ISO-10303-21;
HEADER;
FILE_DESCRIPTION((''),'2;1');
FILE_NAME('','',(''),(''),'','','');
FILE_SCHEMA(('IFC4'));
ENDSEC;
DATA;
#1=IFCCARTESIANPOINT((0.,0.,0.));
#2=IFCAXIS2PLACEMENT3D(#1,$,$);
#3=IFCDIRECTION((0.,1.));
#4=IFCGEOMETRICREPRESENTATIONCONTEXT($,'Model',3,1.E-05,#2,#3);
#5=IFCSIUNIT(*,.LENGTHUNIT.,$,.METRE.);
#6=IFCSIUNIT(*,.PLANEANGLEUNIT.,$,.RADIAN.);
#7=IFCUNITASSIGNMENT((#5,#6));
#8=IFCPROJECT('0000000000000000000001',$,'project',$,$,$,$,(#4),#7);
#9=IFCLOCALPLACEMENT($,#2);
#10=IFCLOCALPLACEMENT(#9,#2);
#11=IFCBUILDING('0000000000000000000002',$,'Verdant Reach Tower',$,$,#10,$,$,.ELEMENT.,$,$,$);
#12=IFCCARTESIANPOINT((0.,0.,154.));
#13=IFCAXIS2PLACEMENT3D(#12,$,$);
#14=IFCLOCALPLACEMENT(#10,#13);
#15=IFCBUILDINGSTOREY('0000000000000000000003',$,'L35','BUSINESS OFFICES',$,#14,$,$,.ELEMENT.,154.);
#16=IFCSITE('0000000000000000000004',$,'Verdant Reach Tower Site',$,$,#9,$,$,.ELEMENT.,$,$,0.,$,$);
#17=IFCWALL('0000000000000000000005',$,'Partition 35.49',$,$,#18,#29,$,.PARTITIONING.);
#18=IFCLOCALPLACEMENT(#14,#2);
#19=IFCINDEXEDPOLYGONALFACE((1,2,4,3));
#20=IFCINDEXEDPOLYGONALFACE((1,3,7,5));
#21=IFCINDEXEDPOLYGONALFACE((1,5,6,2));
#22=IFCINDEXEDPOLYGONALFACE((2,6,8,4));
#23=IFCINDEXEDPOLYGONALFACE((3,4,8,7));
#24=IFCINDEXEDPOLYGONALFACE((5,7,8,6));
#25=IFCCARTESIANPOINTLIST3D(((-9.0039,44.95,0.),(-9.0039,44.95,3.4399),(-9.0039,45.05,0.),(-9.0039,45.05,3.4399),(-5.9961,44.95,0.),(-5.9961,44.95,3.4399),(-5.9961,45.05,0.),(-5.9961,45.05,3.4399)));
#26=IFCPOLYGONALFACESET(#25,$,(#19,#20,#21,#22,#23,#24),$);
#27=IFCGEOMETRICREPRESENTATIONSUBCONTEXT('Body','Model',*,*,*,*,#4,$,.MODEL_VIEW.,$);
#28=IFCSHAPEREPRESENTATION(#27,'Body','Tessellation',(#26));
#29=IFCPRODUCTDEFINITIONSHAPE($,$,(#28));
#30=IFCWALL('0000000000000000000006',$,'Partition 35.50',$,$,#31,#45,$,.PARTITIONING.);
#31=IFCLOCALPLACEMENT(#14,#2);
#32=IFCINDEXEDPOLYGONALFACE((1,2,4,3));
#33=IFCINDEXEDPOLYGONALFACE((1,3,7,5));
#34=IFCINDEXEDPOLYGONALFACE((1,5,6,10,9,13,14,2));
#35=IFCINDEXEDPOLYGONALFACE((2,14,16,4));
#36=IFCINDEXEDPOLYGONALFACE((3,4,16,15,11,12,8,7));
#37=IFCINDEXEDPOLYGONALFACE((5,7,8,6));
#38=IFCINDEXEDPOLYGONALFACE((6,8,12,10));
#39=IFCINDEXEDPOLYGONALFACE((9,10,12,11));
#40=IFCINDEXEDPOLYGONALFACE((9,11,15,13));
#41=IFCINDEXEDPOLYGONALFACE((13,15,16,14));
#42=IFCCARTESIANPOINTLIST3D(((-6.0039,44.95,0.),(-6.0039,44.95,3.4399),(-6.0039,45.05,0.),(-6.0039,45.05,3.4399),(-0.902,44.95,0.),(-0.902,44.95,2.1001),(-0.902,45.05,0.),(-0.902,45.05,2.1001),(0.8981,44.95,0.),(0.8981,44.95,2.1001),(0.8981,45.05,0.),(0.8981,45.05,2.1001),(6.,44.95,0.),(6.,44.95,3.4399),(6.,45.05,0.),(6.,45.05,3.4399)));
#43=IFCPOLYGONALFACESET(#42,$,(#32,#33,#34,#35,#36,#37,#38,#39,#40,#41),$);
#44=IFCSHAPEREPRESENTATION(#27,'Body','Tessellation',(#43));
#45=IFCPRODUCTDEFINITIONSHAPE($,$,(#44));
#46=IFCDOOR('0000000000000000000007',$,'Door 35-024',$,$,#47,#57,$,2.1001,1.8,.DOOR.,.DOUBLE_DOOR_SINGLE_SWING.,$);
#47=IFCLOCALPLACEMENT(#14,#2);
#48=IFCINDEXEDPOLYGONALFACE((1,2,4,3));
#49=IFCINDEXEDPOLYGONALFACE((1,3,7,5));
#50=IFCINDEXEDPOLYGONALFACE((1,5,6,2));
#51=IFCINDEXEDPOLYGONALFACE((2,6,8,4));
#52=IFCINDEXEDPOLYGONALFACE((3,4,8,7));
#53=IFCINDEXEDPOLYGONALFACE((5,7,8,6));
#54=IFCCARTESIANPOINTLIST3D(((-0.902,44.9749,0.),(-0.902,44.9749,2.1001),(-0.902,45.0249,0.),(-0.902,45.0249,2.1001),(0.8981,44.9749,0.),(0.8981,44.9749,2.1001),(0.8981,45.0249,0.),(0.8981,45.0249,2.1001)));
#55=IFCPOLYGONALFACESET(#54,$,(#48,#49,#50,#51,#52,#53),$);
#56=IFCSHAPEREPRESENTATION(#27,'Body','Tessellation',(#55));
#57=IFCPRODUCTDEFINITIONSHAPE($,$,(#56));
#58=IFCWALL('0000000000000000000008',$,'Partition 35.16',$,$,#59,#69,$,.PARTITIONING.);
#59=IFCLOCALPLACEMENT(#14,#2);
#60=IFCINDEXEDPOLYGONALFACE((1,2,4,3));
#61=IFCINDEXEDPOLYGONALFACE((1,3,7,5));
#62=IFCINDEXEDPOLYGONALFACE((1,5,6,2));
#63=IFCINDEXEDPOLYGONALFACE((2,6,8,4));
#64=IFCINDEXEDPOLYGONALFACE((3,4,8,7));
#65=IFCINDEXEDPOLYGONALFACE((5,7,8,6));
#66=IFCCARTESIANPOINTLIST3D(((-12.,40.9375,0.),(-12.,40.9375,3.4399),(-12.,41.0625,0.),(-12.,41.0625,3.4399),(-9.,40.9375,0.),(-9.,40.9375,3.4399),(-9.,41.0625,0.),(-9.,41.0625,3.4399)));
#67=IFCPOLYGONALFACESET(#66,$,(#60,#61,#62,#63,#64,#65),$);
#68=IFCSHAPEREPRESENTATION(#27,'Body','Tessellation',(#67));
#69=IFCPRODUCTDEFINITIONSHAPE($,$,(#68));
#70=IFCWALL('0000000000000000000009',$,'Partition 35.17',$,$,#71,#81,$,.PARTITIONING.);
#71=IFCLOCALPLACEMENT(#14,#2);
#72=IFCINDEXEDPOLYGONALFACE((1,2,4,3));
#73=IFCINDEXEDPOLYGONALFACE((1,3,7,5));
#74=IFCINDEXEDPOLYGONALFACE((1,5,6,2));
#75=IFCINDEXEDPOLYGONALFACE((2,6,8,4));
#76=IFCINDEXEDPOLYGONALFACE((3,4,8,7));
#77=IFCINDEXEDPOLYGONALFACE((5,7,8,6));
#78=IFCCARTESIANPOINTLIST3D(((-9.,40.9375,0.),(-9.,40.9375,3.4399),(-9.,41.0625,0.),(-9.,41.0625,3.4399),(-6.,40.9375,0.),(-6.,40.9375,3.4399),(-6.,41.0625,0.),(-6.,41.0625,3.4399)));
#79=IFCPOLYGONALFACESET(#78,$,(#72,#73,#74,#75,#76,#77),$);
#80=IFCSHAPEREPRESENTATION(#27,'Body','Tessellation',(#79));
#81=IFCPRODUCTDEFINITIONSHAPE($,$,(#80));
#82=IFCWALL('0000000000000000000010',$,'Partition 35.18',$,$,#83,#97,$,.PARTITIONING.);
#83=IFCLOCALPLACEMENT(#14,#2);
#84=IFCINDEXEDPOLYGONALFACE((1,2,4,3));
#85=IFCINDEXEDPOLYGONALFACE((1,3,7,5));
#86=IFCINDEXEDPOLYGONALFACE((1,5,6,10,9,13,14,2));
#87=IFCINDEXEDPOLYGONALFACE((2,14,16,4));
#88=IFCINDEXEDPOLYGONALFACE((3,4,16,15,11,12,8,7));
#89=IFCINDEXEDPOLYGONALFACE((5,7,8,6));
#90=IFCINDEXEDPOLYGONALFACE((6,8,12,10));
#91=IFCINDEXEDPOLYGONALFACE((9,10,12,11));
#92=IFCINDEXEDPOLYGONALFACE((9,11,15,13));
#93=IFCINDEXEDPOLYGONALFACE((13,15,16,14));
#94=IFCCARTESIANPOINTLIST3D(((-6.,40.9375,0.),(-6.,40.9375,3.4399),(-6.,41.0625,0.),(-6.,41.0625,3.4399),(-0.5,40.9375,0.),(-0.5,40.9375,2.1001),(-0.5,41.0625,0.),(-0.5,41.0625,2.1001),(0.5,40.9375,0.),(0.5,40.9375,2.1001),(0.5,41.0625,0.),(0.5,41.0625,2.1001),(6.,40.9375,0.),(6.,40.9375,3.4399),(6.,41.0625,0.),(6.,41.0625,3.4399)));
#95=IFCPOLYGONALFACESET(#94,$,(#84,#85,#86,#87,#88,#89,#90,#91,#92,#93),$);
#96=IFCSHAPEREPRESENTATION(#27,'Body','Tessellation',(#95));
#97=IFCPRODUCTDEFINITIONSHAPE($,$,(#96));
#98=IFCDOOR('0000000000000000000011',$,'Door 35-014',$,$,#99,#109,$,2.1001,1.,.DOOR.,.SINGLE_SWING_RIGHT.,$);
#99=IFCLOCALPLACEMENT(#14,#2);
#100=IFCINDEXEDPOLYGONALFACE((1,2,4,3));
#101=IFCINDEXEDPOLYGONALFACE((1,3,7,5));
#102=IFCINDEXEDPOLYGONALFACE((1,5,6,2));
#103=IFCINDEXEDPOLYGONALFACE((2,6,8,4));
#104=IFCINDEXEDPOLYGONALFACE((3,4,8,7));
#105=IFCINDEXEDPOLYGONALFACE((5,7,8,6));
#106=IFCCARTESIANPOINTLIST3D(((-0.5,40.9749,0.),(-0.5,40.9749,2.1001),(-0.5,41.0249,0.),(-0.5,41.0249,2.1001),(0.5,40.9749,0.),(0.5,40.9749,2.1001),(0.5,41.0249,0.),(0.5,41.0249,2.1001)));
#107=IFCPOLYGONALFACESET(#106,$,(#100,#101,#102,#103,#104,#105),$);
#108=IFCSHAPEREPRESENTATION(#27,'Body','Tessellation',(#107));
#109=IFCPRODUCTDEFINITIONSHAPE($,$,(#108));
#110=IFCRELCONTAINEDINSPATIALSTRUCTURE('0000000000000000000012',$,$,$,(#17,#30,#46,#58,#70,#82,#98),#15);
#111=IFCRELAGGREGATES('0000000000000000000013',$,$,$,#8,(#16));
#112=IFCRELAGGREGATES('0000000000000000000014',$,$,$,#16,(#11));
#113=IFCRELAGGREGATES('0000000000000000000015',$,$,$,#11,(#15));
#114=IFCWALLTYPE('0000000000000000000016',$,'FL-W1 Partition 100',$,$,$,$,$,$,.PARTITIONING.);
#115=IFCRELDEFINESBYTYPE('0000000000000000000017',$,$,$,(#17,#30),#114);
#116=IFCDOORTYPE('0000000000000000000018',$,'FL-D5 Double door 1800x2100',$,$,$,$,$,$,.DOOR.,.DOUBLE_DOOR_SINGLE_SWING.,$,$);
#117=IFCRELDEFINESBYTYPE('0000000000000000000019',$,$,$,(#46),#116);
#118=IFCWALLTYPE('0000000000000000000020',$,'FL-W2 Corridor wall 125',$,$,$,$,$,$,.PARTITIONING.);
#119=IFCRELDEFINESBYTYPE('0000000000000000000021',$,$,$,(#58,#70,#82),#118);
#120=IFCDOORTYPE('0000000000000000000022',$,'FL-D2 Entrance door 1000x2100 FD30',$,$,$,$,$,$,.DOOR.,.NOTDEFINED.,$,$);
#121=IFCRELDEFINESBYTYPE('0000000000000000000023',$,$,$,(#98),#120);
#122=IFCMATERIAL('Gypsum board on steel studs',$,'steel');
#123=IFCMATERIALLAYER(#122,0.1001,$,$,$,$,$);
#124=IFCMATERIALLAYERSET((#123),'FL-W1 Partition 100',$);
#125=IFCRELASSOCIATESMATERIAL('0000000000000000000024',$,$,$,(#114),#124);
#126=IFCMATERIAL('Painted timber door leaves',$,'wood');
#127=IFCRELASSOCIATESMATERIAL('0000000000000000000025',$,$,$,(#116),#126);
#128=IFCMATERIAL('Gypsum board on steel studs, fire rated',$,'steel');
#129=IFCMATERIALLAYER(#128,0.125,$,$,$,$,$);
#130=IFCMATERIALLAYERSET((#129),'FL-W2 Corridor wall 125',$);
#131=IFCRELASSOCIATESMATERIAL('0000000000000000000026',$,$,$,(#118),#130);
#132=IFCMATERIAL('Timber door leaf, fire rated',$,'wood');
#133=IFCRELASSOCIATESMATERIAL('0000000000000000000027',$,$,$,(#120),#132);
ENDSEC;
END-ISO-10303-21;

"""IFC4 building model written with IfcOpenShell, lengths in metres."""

from ifc_helpers import new_model, si_unit, direction, frame, frame_2d, origin, place, context, subcontext, project, spatial, rectangle, extrude, material, layer, layer_set, type_object, element, fill, save


model = new_model("IFC4")

# Units and contexts
model_context = context("Model", 3, precision=1e-05, world=origin(), true_north=direction((0.0, 1.0)))
body_context = subcontext(model_context, "Body", "Model", "MODEL_VIEW")
ifc_project = project(units=[si_unit("LENGTHUNIT", "METRE"), si_unit("PLANEANGLEUNIT", "RADIAN")], contexts=[model_context])

# Site, building, storey
site_placement = place(None, origin())
site = spatial("IfcSite", under=ifc_project, at=site_placement, Name="Verdant Reach Tower Site", CompositionType="ELEMENT", RefElevation=0.0)
building_placement = place(site_placement, origin())
building = spatial("IfcBuilding", under=site, at=building_placement, Name="Verdant Reach Tower", CompositionType="ELEMENT")
storey_placement = place(building_placement, frame((0.0, 0.0, 154.0)))
storey = spatial("IfcBuildingStorey", under=building, at=storey_placement, Name="L35", Description="BUSINESS OFFICES", CompositionType="ELEMENT", Elevation=154.0)

# Shared definitions
ifc_material_1 = material(Name="Gypsum board on steel studs", Category="steel")
ifc_layer_1 = layer(ifc_material_1, 0.1001)
ifc_layer_set_1 = layer_set([ifc_layer_1], Name="FL-W1 Partition 100")
wall_type_1 = type_object("IfcWallType", Name="FL-W1 Partition 100", PredefinedType="PARTITIONING", material=ifc_layer_set_1)

# Wall
wall_1_placement = place(storey_placement, frame((-5.9961, 45.0, 0.0), z_axis=(0.0, 0.0, 1.0), x_axis=(-1.0, 0.0, 0.0)))
element("IfcWall", 1, at=wall_1_placement, inside=storey, type_object=wall_type_1, Name="Partition 35.49", PredefinedType="PARTITIONING", context=body_context, shape_type="SweptSolid", body=[
    extrude(rectangle(XDim=3.0078, YDim=0.1001, at=frame_2d((1.5039, 0.0))), origin(), (0.0, 0.0, 1.0), 3.4399),
])

# Wall, opening, door
wall_2_placement = place(storey_placement, frame((-6.0039, 45.0, 0.0), z_axis=(0.0, 0.0, 1.0), x_axis=(1.0, 0.0, 0.0)))
wall_2 = element("IfcWall", 2, at=wall_2_placement, inside=storey, type_object=wall_type_1, Name="Partition 35.50", PredefinedType="PARTITIONING", context=body_context, shape_type="SweptSolid", body=[
    extrude(rectangle(XDim=12.0039, YDim=0.1001, at=frame_2d((6.002, 0.0))), origin(), (0.0, 0.0, 1.0), 3.4399),
])
opening_1_placement = place(wall_2_placement, frame((5.1021, 0.0, 0.0)))
opening_1 = element("IfcOpeningElement", 3, at=opening_1_placement, cuts=wall_2, PredefinedType="OPENING", context=body_context, shape_type="SweptSolid", body=[
    extrude(rectangle(XDim=1.8, YDim=2.1001, at=frame_2d((0.8999, 1.05))), frame((0.0, 0.0601, 0.0), z_axis=(0.0, -1.0, 0.0), x_axis=(1.0, 0.0, 0.0)), (0.0, 0.0, 1.0), 0.1201),
])
ifc_material_2 = material(Name="Painted timber door leaves", Category="wood")
door_type_1 = type_object("IfcDoorType", Name="FL-D5 Double door 1800x2100", OperationType="DOUBLE_DOOR_SINGLE_SWING", PredefinedType="DOOR", material=ifc_material_2)
door_1_placement = place(opening_1_placement, origin())
door_1 = element("IfcDoor", 4, at=door_1_placement, inside=storey, type_object=door_type_1, Name="Door 35-024", OperationType="DOUBLE_DOOR_SINGLE_SWING", OverallHeight=2.1001, OverallWidth=1.8, PredefinedType="DOOR", context=body_context, shape_type="SweptSolid", body=[
    extrude(rectangle(XDim=1.8, YDim=2.1001, at=frame_2d((0.8999, 1.05))), frame((0.0, 0.0249, 0.0), z_axis=(0.0, -1.0, 0.0), x_axis=(1.0, 0.0, 0.0)), (0.0, 0.0, 1.0), 0.05),
])
fill(opening_1, door_1)

# Walls
ifc_material_3 = material(Name="Gypsum board on steel studs, fire rated", Category="steel")
ifc_layer_2 = layer(ifc_material_3, 0.125)
ifc_layer_set_2 = layer_set([ifc_layer_2], Name="FL-W2 Corridor wall 125")
wall_type_2 = type_object("IfcWallType", Name="FL-W2 Corridor wall 125", PredefinedType="PARTITIONING", material=ifc_layer_set_2)
for number, where, z_axis, x_axis, name in (
    (5, (-9.0, 41.0, 0.0), (0.0, 0.0, 1.0), (-1.0, 0.0, 0.0), "Partition 35.16"),
    (6, (-6.0, 41.0, 0.0), (0.0, 0.0, 1.0), (-1.0, 0.0, 0.0), "Partition 35.17"),
):
    element("IfcWall", number, at=place(storey_placement, frame(where, z_axis=z_axis, x_axis=x_axis)), inside=storey, type_object=wall_type_2, Name=name, PredefinedType="PARTITIONING", context=body_context, shape_type="SweptSolid", body=[
        extrude(rectangle(XDim=3.0, YDim=0.125, at=frame_2d((1.5, 0.0))), origin(), (0.0, 0.0, 1.0), 3.4399),
    ])

# Wall, opening, door
wall_3_placement = place(storey_placement, frame((-6.0, 41.0, 0.0), z_axis=(0.0, 0.0, 1.0), x_axis=(1.0, 0.0, 0.0)))
wall_3 = element("IfcWall", 7, at=wall_3_placement, inside=storey, type_object=wall_type_2, Name="Partition 35.18", PredefinedType="PARTITIONING", context=body_context, shape_type="SweptSolid", body=[
    extrude(rectangle(XDim=12.0, YDim=0.125, at=frame_2d((6.0, 0.0))), origin(), (0.0, 0.0, 1.0), 3.4399),
])
opening_2_placement = place(wall_3_placement, frame((5.5, 0.0, 0.0)))
opening_2 = element("IfcOpeningElement", 8, at=opening_2_placement, cuts=wall_3, PredefinedType="OPENING", context=body_context, shape_type="SweptSolid", body=[
    extrude(rectangle(XDim=1.0, YDim=2.1001, at=frame_2d((0.5, 1.05))), frame((0.0, 0.0725, 0.0), z_axis=(0.0, -1.0, 0.0), x_axis=(1.0, 0.0, 0.0)), (0.0, 0.0, 1.0), 0.145),
])
ifc_material_4 = material(Name="Timber door leaf, fire rated", Category="wood")
door_type_2 = type_object("IfcDoorType", Name="FL-D2 Entrance door 1000x2100 FD30", OperationType="NOTDEFINED", PredefinedType="DOOR", material=ifc_material_4)
door_2_placement = place(opening_2_placement, origin())
door_2 = element("IfcDoor", 9, at=door_2_placement, inside=storey, type_object=door_type_2, Name="Door 35-014", OperationType="SINGLE_SWING_RIGHT", OverallHeight=2.1001, OverallWidth=1.0, PredefinedType="DOOR", context=body_context, shape_type="SweptSolid", body=[
    extrude(rectangle(XDim=1.0, YDim=2.1001, at=frame_2d((0.5, 1.05))), frame((0.0, 0.0249, 0.0), z_axis=(0.0, -1.0, 0.0), x_axis=(1.0, 0.0, 0.0)), (0.0, 0.0, 1.0), 0.05),
])
fill(opening_2, door_2)

save(model, "model.ifc")
